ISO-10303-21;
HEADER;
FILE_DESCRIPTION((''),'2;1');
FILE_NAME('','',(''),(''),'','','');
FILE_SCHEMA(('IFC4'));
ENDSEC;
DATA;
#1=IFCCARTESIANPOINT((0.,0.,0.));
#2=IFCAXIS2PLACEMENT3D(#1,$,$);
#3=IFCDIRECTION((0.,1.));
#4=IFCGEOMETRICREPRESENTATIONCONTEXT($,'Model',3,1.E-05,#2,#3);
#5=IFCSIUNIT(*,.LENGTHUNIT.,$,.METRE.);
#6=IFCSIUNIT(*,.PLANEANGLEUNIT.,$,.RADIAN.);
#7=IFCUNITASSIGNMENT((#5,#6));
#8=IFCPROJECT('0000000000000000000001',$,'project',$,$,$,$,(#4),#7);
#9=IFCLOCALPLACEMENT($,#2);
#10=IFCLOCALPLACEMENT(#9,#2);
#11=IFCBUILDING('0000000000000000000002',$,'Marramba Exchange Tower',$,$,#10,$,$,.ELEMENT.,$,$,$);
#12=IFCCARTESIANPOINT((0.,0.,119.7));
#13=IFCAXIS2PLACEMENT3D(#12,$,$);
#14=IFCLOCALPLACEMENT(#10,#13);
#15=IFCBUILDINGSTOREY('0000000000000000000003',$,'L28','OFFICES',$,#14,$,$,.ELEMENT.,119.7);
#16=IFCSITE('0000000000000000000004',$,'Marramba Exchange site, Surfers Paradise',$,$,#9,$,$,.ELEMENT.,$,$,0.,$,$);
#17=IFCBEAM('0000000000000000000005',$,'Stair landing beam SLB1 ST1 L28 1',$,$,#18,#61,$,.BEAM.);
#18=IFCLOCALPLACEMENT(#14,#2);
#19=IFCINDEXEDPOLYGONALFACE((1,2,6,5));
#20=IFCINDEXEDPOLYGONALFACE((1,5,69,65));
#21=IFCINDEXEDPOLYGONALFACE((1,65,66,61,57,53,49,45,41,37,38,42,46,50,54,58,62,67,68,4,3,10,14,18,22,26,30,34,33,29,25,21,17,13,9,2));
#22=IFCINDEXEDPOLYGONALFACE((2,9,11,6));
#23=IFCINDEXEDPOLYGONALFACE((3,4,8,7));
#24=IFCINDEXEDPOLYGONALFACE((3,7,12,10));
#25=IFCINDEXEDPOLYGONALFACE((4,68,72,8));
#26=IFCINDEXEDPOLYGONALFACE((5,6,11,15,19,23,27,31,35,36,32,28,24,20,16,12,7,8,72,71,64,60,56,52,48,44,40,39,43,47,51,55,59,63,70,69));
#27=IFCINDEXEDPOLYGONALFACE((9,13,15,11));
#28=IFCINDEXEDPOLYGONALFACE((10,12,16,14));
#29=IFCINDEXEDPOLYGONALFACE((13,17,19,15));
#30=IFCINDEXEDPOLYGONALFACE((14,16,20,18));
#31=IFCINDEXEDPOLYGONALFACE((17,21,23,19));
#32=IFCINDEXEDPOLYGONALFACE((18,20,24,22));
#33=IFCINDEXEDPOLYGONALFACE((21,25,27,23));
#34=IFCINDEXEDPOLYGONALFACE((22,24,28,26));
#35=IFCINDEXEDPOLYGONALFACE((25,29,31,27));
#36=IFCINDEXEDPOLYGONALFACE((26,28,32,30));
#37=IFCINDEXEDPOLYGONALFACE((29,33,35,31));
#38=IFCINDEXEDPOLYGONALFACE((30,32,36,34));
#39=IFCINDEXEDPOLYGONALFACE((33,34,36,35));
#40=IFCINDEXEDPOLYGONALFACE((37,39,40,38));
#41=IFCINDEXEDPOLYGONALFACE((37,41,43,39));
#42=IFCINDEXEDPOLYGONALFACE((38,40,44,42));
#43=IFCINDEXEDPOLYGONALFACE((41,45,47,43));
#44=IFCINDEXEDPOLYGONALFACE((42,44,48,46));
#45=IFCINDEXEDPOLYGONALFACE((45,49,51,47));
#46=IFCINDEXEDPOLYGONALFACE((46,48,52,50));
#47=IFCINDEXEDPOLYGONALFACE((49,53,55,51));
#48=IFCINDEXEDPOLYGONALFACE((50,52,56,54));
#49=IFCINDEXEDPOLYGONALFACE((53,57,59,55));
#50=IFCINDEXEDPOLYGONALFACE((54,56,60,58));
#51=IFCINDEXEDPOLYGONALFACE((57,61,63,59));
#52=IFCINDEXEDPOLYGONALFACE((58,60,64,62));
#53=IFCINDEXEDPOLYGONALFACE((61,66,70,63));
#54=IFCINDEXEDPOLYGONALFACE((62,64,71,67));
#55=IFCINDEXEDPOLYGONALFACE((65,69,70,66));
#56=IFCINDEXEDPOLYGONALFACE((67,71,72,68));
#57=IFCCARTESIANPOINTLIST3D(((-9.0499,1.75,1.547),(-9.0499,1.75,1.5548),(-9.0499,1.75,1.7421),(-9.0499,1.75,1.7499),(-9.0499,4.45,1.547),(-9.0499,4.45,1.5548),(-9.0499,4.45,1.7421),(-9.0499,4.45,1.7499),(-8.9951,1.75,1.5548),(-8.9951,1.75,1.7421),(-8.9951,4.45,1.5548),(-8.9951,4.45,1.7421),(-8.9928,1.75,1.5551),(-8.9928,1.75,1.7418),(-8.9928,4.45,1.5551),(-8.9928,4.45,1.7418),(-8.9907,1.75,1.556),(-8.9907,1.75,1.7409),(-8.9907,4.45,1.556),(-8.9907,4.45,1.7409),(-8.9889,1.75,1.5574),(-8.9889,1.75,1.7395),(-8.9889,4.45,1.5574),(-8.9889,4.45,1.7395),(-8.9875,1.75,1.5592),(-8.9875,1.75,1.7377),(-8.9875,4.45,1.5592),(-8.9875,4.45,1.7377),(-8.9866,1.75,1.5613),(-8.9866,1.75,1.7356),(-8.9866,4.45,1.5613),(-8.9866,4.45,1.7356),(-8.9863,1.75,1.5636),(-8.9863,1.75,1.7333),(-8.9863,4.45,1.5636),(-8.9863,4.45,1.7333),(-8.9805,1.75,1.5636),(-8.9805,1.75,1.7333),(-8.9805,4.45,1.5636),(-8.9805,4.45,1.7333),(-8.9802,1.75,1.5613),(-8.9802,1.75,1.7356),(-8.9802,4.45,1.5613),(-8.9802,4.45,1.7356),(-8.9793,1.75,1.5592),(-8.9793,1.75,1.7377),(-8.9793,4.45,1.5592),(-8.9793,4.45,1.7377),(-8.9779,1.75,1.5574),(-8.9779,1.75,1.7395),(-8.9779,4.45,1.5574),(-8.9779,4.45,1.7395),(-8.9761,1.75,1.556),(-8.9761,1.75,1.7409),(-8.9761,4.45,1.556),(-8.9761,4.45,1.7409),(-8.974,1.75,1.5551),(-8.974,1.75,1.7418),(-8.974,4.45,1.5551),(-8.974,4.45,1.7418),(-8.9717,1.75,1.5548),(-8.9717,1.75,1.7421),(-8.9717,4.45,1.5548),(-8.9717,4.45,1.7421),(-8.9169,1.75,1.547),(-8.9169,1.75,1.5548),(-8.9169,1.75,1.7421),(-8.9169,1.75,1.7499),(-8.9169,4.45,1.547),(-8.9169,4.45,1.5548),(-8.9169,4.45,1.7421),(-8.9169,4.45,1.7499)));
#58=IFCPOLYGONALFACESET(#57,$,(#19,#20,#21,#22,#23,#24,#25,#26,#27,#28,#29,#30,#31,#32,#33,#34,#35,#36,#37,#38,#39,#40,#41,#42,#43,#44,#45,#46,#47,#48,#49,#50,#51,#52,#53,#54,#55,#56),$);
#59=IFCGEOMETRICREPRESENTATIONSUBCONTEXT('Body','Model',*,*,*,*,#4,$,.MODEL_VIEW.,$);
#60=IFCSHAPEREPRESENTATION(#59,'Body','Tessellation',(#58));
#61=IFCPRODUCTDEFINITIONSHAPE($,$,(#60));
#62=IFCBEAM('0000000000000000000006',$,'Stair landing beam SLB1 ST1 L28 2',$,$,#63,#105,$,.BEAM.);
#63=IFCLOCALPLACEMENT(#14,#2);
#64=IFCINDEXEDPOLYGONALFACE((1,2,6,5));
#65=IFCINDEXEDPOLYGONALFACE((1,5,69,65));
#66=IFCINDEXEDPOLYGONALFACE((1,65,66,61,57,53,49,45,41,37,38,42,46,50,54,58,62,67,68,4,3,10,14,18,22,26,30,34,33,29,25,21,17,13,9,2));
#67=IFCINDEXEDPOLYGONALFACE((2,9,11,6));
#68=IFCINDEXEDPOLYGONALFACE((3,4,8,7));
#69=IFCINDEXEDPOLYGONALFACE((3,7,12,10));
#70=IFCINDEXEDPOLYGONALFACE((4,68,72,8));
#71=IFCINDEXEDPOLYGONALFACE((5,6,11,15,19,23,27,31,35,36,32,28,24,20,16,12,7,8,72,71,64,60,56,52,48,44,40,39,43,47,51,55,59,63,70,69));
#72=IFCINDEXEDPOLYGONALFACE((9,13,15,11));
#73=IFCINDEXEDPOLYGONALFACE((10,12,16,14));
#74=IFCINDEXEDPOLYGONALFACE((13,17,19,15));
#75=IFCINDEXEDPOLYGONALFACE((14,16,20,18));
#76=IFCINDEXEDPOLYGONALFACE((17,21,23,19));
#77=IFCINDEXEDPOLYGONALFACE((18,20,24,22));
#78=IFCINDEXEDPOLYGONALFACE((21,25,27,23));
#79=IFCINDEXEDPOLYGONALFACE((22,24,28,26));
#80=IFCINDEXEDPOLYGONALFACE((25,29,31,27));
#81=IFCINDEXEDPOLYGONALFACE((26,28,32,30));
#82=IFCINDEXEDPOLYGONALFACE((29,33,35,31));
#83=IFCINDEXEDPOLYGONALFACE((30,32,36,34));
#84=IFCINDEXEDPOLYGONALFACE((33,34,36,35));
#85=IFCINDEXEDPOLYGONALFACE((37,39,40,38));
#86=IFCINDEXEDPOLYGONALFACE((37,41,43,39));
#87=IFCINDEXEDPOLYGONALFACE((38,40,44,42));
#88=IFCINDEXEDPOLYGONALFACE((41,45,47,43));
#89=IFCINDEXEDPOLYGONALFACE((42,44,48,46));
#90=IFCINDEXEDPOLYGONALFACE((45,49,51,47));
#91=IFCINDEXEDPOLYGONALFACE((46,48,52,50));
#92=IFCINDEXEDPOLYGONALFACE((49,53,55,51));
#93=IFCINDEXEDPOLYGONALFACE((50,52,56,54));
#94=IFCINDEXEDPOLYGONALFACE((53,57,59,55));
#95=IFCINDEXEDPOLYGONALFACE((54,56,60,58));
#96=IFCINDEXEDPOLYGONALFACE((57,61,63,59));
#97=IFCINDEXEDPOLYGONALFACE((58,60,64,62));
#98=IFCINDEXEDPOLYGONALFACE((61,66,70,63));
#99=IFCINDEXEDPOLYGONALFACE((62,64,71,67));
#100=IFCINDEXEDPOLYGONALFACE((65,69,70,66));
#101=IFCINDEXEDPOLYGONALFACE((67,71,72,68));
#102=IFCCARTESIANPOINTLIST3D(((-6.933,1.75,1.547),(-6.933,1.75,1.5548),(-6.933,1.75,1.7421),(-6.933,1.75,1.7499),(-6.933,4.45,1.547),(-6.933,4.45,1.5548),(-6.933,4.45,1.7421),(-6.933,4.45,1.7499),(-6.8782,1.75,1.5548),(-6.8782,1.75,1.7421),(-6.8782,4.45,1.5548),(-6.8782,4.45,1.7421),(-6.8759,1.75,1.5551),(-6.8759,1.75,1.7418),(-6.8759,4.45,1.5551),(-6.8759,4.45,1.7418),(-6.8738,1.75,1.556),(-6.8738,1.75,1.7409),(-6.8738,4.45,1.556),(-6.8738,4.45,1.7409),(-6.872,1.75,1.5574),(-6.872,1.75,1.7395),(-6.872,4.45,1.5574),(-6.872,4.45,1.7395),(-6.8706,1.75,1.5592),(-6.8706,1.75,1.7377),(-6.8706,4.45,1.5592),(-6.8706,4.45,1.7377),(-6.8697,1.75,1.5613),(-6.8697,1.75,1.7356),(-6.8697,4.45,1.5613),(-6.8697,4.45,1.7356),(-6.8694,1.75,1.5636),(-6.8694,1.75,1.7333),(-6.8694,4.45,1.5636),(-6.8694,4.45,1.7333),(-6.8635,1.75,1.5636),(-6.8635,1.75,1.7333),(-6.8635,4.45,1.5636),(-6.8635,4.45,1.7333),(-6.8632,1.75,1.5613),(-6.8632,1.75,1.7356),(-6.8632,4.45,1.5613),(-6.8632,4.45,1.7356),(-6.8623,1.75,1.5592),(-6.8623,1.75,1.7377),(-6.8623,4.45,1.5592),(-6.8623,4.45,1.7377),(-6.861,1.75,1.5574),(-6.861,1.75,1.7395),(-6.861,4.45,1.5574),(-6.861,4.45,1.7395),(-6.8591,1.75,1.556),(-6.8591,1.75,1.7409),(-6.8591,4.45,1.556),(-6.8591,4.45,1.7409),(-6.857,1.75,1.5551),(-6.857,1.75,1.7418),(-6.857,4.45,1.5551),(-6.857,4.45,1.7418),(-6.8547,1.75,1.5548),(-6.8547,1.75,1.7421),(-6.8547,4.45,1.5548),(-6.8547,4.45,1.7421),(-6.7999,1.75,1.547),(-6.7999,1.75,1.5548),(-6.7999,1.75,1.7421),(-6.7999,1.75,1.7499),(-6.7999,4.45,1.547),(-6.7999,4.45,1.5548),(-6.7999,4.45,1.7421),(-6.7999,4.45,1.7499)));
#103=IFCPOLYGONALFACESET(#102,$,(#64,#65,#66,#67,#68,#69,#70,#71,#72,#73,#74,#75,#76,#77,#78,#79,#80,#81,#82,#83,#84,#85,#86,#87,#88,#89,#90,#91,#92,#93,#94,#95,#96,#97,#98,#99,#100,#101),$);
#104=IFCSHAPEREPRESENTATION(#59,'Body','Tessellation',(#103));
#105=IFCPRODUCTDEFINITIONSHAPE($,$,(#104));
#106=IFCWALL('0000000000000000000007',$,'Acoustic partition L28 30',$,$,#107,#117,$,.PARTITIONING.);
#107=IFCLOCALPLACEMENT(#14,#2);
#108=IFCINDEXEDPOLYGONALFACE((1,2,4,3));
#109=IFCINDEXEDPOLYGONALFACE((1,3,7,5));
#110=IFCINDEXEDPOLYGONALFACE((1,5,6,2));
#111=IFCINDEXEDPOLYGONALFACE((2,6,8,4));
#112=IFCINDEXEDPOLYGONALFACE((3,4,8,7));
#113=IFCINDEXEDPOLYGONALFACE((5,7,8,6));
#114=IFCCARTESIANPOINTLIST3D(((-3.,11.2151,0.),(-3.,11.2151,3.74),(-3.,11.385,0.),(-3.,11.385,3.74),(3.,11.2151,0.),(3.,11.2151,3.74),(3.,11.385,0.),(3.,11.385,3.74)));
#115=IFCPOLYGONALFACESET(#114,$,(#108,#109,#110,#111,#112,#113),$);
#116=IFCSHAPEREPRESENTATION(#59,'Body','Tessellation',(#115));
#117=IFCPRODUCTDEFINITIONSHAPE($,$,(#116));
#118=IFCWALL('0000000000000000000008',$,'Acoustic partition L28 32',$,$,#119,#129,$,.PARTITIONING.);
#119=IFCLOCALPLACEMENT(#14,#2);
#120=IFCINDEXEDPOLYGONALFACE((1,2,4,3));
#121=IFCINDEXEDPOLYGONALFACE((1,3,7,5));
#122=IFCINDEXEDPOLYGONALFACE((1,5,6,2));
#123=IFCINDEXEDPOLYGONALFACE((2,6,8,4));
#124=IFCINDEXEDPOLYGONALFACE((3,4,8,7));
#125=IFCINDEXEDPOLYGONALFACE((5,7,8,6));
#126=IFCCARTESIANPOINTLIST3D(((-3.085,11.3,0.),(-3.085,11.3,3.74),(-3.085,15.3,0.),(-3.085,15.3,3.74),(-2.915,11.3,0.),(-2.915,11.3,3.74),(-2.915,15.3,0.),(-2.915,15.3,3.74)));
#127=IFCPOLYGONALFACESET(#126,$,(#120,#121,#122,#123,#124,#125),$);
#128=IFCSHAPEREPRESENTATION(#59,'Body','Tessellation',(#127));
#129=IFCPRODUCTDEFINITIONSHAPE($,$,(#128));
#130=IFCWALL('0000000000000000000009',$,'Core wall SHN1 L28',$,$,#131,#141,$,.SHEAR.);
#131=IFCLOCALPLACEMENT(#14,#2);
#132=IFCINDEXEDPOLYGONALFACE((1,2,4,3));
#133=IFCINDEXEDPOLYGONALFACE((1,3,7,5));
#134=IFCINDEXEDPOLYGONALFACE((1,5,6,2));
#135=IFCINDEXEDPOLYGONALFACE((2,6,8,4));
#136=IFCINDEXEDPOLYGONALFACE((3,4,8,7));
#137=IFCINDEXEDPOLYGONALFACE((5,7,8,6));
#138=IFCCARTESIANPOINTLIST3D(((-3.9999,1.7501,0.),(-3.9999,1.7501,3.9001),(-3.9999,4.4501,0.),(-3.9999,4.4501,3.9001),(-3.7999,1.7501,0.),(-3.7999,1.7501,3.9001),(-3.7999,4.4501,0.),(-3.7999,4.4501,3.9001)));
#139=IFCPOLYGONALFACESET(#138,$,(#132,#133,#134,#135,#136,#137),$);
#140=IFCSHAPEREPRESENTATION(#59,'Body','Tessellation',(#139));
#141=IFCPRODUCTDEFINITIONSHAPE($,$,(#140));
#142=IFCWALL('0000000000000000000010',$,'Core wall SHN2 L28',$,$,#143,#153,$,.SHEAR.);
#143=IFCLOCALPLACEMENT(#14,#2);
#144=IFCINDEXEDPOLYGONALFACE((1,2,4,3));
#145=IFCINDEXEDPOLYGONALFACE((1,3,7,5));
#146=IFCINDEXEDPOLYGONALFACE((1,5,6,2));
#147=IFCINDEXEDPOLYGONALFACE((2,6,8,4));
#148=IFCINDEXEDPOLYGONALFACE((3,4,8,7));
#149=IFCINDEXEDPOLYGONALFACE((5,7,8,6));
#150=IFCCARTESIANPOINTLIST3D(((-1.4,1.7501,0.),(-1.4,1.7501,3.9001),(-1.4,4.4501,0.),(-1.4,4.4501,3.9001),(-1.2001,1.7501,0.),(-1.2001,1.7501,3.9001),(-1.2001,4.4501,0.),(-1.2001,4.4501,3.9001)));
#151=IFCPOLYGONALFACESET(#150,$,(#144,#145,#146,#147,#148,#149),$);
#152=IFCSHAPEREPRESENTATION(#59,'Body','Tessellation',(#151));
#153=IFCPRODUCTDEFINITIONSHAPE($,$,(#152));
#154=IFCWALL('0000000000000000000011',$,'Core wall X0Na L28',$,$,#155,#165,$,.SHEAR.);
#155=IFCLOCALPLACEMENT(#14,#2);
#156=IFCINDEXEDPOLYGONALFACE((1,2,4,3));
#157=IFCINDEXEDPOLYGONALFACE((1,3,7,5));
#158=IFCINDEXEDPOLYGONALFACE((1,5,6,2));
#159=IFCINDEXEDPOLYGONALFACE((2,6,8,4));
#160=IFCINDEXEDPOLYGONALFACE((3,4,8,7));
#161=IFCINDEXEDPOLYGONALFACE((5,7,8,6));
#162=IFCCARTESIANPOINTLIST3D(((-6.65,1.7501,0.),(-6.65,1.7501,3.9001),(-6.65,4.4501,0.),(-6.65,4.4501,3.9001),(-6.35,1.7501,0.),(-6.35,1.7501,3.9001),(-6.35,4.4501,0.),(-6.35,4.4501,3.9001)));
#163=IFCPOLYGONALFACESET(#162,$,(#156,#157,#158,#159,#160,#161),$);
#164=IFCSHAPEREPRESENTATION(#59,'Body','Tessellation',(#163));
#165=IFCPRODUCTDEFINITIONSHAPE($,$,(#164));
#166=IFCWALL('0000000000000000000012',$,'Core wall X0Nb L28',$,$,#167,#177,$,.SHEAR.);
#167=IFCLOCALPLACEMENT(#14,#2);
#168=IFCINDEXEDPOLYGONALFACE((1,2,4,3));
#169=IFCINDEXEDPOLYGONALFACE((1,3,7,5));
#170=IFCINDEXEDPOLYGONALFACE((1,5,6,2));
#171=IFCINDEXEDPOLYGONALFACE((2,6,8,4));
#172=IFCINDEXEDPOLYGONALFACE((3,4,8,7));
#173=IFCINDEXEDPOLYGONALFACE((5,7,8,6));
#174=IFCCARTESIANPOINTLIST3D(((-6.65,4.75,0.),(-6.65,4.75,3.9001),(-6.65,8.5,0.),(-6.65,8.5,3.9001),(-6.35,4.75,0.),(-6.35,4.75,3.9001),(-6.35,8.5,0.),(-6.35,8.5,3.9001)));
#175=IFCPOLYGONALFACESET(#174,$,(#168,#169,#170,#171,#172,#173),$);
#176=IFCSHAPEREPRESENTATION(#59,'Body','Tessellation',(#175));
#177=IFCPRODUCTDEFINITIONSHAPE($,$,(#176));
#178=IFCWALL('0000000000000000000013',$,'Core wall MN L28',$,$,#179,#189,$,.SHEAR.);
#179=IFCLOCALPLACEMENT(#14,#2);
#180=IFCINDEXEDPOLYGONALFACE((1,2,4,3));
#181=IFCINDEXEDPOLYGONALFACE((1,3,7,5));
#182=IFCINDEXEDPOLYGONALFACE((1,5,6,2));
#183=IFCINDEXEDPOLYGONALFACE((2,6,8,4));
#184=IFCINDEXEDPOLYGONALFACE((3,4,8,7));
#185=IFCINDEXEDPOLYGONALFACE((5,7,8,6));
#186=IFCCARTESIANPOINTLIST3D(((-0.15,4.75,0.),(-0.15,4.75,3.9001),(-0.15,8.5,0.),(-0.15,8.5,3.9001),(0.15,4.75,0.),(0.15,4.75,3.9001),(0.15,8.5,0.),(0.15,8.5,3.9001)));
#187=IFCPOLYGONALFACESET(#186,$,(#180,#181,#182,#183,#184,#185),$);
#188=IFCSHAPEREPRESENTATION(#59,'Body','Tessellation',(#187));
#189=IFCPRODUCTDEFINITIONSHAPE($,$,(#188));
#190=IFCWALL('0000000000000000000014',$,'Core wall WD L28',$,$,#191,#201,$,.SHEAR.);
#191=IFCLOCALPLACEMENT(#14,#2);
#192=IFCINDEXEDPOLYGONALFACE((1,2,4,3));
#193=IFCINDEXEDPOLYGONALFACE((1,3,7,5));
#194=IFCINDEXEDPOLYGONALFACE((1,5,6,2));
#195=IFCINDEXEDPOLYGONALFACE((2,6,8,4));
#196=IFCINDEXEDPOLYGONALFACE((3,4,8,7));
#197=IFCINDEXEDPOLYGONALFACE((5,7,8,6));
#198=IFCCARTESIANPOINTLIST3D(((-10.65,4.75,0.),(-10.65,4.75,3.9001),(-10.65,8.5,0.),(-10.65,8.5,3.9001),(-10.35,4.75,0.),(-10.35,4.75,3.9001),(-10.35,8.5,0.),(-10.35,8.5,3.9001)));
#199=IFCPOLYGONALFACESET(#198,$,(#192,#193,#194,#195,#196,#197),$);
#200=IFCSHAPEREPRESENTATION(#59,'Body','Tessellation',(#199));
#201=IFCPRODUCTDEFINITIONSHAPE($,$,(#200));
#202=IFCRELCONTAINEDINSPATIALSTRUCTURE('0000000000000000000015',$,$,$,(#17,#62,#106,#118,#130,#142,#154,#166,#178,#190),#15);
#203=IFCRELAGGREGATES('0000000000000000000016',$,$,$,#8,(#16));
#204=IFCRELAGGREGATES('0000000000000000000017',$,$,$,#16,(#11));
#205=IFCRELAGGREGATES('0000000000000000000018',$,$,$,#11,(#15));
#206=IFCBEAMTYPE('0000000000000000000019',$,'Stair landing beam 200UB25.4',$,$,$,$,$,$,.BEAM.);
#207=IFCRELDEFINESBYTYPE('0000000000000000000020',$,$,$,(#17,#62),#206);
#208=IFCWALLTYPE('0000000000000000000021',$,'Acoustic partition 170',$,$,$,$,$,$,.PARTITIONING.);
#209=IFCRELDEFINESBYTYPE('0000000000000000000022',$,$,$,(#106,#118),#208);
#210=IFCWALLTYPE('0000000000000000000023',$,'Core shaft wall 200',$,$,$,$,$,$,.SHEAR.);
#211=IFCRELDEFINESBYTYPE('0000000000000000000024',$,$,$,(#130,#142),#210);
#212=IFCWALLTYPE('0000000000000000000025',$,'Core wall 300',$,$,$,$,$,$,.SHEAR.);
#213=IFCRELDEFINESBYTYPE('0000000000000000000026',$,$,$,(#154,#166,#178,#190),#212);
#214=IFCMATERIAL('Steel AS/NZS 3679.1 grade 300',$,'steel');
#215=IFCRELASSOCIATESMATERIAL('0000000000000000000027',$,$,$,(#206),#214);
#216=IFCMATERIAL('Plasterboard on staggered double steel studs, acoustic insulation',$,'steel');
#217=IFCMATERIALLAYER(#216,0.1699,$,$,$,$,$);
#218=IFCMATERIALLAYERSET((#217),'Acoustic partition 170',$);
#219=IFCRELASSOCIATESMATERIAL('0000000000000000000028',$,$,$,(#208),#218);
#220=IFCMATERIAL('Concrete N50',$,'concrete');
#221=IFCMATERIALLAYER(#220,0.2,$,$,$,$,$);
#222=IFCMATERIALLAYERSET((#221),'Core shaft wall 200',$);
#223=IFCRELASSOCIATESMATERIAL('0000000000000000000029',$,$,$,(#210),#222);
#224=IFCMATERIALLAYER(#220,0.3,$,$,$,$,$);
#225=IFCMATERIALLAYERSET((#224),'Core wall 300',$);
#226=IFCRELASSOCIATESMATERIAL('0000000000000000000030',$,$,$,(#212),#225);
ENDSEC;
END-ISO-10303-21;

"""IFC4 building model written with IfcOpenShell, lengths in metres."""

from ifc_helpers import new_model, si_unit, direction, frame, frame_2d, origin, origin_2d, place, context, subcontext, project, spatial, rectangle, i_section, extrude, material, layer, layer_set, material_profile, profile_set, type_object, element, save


model = new_model("IFC4")

# Units and contexts
model_context = context("Model", 3, precision=1e-05, world=origin(), true_north=direction((0.0, 1.0)))
body_context = subcontext(model_context, "Body", "Model", "MODEL_VIEW")
ifc_project = project(units=[si_unit("LENGTHUNIT", "METRE"), si_unit("PLANEANGLEUNIT", "RADIAN")], contexts=[model_context])

# Site, building, storey
site_placement = place(None, origin())
site = spatial("IfcSite", under=ifc_project, at=site_placement, Name="Marramba Exchange site, Surfers Paradise", CompositionType="ELEMENT", RefElevation=0.0)
building_placement = place(site_placement, origin())
building = spatial("IfcBuilding", under=site, at=building_placement, Name="Marramba Exchange Tower", CompositionType="ELEMENT")
storey_placement = place(building_placement, frame((0.0, 0.0, 119.7)))
storey = spatial("IfcBuildingStorey", under=building, at=storey_placement, Name="L28", Description="OFFICES", CompositionType="ELEMENT", Elevation=119.7)

# Shared definitions
ifc_material_1 = material(Name="Concrete N50", Category="concrete")

# Beams
ifc_material_2 = material(Name="Steel AS/NZS 3679.1 grade 300", Category="steel")
ifc_material_profile_1 = material_profile(ifc_material_2, i_section(OverallWidth=0.1331, OverallDepth=0.2029, WebThickness=0.0059, FlangeThickness=0.0078, FilletRadius=0.0088, at=origin_2d()), Name="200UB25.4")
ifc_profile_set_1 = profile_set([ifc_material_profile_1], Name="Steel AS/NZS 3679.1 grade 300")
beam_type_1 = type_object("IfcBeamType", Name="Stair landing beam 200UB25.4", PredefinedType="BEAM", material=ifc_profile_set_1)
for number, where, z_axis, x_axis, name in (
    (1, (-8.9834, 1.75, 1.6484), (0.0, 1.0, 0.0), (-1.0, 0.0, 0.0), "Stair landing beam SLB1 ST1 L28 1"),
    (2, (-6.8665, 1.75, 1.6484), (0.0, 1.0, 0.0), (-1.0, 0.0, 0.0), "Stair landing beam SLB1 ST1 L28 2"),
):
    element("IfcBeam", number, at=place(storey_placement, frame(where, z_axis=z_axis, x_axis=x_axis)), inside=storey, type_object=beam_type_1, Name=name, PredefinedType="BEAM", context=body_context, shape_type="SweptSolid", body=[
        extrude(i_section(OverallWidth=0.1331, OverallDepth=0.2029, WebThickness=0.0059, FlangeThickness=0.0078, FilletRadius=0.0088, at=origin_2d()), origin(), (0.0, 0.0, 1.0), 2.7),
    ])

# Walls
ifc_material_3 = material(Name="Plasterboard on staggered double steel studs, acoustic insulation", Category="steel")
ifc_layer_1 = layer(ifc_material_3, 0.1699)
ifc_layer_set_1 = layer_set([ifc_layer_1], Name="Acoustic partition 170")
wall_type_1 = type_object("IfcWallType", Name="Acoustic partition 170", PredefinedType="PARTITIONING", material=ifc_layer_set_1)
wall_1_placement = place(storey_placement, frame((-3.0, 11.3, 0.0), z_axis=(0.0, 0.0, 1.0), x_axis=(1.0, 0.0, 0.0)))
element("IfcWall", 3, at=wall_1_placement, inside=storey, type_object=wall_type_1, Name="Acoustic partition L28 30", PredefinedType="PARTITIONING", context=body_context, shape_type="SweptSolid", body=[
    extrude(rectangle(XDim=6.0, YDim=0.1699, at=frame_2d((3.0, 0.0))), origin(), (0.0, 0.0, 1.0), 3.74),
])
wall_2_placement = place(storey_placement, frame((-3.0, 15.3, 0.0), z_axis=(0.0, 0.0, 1.0), x_axis=(0.0, -1.0, 0.0)))
element("IfcWall", 4, at=wall_2_placement, inside=storey, type_object=wall_type_1, Name="Acoustic partition L28 32", PredefinedType="PARTITIONING", context=body_context, shape_type="SweptSolid", body=[
    extrude(rectangle(XDim=4.0, YDim=0.1699, at=frame_2d((2.0, 0.0))), origin(), (0.0, 0.0, 1.0), 3.74),
])
ifc_layer_2 = layer(ifc_material_1, 0.2)
ifc_layer_set_2 = layer_set([ifc_layer_2], Name="Core shaft wall 200")
wall_type_2 = type_object("IfcWallType", Name="Core shaft wall 200", PredefinedType="SHEAR", material=ifc_layer_set_2)
for number, where, z_axis, x_axis, name in (
    (5, (-3.8999, 1.75, 0.0), (0.0, 0.0, 1.0), (0.0, 1.0, 0.0), "Core wall SHN1 L28"),
    (6, (-1.3, 1.75, 0.0), (0.0, 0.0, 1.0), (0.0, 1.0, 0.0), "Core wall SHN2 L28"),
):
    element("IfcWall", number, at=place(storey_placement, frame(where, z_axis=z_axis, x_axis=x_axis)), inside=storey, type_object=wall_type_2, Name=name, PredefinedType="SHEAR", context=body_context, shape_type="SweptSolid", body=[
        extrude(rectangle(XDim=2.7, YDim=0.2, at=frame_2d((1.3501, 0.0))), origin(), (0.0, 0.0, 1.0), 3.9001),
    ])
ifc_layer_3 = layer(ifc_material_1, 0.3)
ifc_layer_set_3 = layer_set([ifc_layer_3], Name="Core wall 300")
wall_type_3 = type_object("IfcWallType", Name="Core wall 300", PredefinedType="SHEAR", material=ifc_layer_set_3)
wall_3_placement = place(storey_placement, frame((-6.5, 1.75, 0.0), z_axis=(0.0, 0.0, 1.0), x_axis=(0.0, 1.0, 0.0)))
element("IfcWall", 7, at=wall_3_placement, inside=storey, type_object=wall_type_3, Name="Core wall X0Na L28", PredefinedType="SHEAR", context=body_context, shape_type="SweptSolid", body=[
    extrude(rectangle(XDim=2.7, YDim=0.3, at=frame_2d((1.3501, 0.0))), origin(), (0.0, 0.0, 1.0), 3.9001),
])
for number, where, z_axis, x_axis, name in (
    (8, (-6.5, 4.75, 0.0), (0.0, 0.0, 1.0), (0.0, 1.0, 0.0), "Core wall X0Nb L28"),
    (9, (0.0, 4.75, 0.0), (0.0, 0.0, 1.0), (0.0, 1.0, 0.0), "Core wall MN L28"),
    (10, (-10.5, 4.75, 0.0), (0.0, 0.0, 1.0), (0.0, 1.0, 0.0), "Core wall WD L28"),
):
    element("IfcWall", number, at=place(storey_placement, frame(where, z_axis=z_axis, x_axis=x_axis)), inside=storey, type_object=wall_type_3, Name=name, PredefinedType="SHEAR", context=body_context, shape_type="SweptSolid", body=[
        extrude(rectangle(XDim=3.75, YDim=0.3, at=frame_2d((1.875, 0.0))), origin(), (0.0, 0.0, 1.0), 3.9001),
    ])

save(model, "model.ifc")
